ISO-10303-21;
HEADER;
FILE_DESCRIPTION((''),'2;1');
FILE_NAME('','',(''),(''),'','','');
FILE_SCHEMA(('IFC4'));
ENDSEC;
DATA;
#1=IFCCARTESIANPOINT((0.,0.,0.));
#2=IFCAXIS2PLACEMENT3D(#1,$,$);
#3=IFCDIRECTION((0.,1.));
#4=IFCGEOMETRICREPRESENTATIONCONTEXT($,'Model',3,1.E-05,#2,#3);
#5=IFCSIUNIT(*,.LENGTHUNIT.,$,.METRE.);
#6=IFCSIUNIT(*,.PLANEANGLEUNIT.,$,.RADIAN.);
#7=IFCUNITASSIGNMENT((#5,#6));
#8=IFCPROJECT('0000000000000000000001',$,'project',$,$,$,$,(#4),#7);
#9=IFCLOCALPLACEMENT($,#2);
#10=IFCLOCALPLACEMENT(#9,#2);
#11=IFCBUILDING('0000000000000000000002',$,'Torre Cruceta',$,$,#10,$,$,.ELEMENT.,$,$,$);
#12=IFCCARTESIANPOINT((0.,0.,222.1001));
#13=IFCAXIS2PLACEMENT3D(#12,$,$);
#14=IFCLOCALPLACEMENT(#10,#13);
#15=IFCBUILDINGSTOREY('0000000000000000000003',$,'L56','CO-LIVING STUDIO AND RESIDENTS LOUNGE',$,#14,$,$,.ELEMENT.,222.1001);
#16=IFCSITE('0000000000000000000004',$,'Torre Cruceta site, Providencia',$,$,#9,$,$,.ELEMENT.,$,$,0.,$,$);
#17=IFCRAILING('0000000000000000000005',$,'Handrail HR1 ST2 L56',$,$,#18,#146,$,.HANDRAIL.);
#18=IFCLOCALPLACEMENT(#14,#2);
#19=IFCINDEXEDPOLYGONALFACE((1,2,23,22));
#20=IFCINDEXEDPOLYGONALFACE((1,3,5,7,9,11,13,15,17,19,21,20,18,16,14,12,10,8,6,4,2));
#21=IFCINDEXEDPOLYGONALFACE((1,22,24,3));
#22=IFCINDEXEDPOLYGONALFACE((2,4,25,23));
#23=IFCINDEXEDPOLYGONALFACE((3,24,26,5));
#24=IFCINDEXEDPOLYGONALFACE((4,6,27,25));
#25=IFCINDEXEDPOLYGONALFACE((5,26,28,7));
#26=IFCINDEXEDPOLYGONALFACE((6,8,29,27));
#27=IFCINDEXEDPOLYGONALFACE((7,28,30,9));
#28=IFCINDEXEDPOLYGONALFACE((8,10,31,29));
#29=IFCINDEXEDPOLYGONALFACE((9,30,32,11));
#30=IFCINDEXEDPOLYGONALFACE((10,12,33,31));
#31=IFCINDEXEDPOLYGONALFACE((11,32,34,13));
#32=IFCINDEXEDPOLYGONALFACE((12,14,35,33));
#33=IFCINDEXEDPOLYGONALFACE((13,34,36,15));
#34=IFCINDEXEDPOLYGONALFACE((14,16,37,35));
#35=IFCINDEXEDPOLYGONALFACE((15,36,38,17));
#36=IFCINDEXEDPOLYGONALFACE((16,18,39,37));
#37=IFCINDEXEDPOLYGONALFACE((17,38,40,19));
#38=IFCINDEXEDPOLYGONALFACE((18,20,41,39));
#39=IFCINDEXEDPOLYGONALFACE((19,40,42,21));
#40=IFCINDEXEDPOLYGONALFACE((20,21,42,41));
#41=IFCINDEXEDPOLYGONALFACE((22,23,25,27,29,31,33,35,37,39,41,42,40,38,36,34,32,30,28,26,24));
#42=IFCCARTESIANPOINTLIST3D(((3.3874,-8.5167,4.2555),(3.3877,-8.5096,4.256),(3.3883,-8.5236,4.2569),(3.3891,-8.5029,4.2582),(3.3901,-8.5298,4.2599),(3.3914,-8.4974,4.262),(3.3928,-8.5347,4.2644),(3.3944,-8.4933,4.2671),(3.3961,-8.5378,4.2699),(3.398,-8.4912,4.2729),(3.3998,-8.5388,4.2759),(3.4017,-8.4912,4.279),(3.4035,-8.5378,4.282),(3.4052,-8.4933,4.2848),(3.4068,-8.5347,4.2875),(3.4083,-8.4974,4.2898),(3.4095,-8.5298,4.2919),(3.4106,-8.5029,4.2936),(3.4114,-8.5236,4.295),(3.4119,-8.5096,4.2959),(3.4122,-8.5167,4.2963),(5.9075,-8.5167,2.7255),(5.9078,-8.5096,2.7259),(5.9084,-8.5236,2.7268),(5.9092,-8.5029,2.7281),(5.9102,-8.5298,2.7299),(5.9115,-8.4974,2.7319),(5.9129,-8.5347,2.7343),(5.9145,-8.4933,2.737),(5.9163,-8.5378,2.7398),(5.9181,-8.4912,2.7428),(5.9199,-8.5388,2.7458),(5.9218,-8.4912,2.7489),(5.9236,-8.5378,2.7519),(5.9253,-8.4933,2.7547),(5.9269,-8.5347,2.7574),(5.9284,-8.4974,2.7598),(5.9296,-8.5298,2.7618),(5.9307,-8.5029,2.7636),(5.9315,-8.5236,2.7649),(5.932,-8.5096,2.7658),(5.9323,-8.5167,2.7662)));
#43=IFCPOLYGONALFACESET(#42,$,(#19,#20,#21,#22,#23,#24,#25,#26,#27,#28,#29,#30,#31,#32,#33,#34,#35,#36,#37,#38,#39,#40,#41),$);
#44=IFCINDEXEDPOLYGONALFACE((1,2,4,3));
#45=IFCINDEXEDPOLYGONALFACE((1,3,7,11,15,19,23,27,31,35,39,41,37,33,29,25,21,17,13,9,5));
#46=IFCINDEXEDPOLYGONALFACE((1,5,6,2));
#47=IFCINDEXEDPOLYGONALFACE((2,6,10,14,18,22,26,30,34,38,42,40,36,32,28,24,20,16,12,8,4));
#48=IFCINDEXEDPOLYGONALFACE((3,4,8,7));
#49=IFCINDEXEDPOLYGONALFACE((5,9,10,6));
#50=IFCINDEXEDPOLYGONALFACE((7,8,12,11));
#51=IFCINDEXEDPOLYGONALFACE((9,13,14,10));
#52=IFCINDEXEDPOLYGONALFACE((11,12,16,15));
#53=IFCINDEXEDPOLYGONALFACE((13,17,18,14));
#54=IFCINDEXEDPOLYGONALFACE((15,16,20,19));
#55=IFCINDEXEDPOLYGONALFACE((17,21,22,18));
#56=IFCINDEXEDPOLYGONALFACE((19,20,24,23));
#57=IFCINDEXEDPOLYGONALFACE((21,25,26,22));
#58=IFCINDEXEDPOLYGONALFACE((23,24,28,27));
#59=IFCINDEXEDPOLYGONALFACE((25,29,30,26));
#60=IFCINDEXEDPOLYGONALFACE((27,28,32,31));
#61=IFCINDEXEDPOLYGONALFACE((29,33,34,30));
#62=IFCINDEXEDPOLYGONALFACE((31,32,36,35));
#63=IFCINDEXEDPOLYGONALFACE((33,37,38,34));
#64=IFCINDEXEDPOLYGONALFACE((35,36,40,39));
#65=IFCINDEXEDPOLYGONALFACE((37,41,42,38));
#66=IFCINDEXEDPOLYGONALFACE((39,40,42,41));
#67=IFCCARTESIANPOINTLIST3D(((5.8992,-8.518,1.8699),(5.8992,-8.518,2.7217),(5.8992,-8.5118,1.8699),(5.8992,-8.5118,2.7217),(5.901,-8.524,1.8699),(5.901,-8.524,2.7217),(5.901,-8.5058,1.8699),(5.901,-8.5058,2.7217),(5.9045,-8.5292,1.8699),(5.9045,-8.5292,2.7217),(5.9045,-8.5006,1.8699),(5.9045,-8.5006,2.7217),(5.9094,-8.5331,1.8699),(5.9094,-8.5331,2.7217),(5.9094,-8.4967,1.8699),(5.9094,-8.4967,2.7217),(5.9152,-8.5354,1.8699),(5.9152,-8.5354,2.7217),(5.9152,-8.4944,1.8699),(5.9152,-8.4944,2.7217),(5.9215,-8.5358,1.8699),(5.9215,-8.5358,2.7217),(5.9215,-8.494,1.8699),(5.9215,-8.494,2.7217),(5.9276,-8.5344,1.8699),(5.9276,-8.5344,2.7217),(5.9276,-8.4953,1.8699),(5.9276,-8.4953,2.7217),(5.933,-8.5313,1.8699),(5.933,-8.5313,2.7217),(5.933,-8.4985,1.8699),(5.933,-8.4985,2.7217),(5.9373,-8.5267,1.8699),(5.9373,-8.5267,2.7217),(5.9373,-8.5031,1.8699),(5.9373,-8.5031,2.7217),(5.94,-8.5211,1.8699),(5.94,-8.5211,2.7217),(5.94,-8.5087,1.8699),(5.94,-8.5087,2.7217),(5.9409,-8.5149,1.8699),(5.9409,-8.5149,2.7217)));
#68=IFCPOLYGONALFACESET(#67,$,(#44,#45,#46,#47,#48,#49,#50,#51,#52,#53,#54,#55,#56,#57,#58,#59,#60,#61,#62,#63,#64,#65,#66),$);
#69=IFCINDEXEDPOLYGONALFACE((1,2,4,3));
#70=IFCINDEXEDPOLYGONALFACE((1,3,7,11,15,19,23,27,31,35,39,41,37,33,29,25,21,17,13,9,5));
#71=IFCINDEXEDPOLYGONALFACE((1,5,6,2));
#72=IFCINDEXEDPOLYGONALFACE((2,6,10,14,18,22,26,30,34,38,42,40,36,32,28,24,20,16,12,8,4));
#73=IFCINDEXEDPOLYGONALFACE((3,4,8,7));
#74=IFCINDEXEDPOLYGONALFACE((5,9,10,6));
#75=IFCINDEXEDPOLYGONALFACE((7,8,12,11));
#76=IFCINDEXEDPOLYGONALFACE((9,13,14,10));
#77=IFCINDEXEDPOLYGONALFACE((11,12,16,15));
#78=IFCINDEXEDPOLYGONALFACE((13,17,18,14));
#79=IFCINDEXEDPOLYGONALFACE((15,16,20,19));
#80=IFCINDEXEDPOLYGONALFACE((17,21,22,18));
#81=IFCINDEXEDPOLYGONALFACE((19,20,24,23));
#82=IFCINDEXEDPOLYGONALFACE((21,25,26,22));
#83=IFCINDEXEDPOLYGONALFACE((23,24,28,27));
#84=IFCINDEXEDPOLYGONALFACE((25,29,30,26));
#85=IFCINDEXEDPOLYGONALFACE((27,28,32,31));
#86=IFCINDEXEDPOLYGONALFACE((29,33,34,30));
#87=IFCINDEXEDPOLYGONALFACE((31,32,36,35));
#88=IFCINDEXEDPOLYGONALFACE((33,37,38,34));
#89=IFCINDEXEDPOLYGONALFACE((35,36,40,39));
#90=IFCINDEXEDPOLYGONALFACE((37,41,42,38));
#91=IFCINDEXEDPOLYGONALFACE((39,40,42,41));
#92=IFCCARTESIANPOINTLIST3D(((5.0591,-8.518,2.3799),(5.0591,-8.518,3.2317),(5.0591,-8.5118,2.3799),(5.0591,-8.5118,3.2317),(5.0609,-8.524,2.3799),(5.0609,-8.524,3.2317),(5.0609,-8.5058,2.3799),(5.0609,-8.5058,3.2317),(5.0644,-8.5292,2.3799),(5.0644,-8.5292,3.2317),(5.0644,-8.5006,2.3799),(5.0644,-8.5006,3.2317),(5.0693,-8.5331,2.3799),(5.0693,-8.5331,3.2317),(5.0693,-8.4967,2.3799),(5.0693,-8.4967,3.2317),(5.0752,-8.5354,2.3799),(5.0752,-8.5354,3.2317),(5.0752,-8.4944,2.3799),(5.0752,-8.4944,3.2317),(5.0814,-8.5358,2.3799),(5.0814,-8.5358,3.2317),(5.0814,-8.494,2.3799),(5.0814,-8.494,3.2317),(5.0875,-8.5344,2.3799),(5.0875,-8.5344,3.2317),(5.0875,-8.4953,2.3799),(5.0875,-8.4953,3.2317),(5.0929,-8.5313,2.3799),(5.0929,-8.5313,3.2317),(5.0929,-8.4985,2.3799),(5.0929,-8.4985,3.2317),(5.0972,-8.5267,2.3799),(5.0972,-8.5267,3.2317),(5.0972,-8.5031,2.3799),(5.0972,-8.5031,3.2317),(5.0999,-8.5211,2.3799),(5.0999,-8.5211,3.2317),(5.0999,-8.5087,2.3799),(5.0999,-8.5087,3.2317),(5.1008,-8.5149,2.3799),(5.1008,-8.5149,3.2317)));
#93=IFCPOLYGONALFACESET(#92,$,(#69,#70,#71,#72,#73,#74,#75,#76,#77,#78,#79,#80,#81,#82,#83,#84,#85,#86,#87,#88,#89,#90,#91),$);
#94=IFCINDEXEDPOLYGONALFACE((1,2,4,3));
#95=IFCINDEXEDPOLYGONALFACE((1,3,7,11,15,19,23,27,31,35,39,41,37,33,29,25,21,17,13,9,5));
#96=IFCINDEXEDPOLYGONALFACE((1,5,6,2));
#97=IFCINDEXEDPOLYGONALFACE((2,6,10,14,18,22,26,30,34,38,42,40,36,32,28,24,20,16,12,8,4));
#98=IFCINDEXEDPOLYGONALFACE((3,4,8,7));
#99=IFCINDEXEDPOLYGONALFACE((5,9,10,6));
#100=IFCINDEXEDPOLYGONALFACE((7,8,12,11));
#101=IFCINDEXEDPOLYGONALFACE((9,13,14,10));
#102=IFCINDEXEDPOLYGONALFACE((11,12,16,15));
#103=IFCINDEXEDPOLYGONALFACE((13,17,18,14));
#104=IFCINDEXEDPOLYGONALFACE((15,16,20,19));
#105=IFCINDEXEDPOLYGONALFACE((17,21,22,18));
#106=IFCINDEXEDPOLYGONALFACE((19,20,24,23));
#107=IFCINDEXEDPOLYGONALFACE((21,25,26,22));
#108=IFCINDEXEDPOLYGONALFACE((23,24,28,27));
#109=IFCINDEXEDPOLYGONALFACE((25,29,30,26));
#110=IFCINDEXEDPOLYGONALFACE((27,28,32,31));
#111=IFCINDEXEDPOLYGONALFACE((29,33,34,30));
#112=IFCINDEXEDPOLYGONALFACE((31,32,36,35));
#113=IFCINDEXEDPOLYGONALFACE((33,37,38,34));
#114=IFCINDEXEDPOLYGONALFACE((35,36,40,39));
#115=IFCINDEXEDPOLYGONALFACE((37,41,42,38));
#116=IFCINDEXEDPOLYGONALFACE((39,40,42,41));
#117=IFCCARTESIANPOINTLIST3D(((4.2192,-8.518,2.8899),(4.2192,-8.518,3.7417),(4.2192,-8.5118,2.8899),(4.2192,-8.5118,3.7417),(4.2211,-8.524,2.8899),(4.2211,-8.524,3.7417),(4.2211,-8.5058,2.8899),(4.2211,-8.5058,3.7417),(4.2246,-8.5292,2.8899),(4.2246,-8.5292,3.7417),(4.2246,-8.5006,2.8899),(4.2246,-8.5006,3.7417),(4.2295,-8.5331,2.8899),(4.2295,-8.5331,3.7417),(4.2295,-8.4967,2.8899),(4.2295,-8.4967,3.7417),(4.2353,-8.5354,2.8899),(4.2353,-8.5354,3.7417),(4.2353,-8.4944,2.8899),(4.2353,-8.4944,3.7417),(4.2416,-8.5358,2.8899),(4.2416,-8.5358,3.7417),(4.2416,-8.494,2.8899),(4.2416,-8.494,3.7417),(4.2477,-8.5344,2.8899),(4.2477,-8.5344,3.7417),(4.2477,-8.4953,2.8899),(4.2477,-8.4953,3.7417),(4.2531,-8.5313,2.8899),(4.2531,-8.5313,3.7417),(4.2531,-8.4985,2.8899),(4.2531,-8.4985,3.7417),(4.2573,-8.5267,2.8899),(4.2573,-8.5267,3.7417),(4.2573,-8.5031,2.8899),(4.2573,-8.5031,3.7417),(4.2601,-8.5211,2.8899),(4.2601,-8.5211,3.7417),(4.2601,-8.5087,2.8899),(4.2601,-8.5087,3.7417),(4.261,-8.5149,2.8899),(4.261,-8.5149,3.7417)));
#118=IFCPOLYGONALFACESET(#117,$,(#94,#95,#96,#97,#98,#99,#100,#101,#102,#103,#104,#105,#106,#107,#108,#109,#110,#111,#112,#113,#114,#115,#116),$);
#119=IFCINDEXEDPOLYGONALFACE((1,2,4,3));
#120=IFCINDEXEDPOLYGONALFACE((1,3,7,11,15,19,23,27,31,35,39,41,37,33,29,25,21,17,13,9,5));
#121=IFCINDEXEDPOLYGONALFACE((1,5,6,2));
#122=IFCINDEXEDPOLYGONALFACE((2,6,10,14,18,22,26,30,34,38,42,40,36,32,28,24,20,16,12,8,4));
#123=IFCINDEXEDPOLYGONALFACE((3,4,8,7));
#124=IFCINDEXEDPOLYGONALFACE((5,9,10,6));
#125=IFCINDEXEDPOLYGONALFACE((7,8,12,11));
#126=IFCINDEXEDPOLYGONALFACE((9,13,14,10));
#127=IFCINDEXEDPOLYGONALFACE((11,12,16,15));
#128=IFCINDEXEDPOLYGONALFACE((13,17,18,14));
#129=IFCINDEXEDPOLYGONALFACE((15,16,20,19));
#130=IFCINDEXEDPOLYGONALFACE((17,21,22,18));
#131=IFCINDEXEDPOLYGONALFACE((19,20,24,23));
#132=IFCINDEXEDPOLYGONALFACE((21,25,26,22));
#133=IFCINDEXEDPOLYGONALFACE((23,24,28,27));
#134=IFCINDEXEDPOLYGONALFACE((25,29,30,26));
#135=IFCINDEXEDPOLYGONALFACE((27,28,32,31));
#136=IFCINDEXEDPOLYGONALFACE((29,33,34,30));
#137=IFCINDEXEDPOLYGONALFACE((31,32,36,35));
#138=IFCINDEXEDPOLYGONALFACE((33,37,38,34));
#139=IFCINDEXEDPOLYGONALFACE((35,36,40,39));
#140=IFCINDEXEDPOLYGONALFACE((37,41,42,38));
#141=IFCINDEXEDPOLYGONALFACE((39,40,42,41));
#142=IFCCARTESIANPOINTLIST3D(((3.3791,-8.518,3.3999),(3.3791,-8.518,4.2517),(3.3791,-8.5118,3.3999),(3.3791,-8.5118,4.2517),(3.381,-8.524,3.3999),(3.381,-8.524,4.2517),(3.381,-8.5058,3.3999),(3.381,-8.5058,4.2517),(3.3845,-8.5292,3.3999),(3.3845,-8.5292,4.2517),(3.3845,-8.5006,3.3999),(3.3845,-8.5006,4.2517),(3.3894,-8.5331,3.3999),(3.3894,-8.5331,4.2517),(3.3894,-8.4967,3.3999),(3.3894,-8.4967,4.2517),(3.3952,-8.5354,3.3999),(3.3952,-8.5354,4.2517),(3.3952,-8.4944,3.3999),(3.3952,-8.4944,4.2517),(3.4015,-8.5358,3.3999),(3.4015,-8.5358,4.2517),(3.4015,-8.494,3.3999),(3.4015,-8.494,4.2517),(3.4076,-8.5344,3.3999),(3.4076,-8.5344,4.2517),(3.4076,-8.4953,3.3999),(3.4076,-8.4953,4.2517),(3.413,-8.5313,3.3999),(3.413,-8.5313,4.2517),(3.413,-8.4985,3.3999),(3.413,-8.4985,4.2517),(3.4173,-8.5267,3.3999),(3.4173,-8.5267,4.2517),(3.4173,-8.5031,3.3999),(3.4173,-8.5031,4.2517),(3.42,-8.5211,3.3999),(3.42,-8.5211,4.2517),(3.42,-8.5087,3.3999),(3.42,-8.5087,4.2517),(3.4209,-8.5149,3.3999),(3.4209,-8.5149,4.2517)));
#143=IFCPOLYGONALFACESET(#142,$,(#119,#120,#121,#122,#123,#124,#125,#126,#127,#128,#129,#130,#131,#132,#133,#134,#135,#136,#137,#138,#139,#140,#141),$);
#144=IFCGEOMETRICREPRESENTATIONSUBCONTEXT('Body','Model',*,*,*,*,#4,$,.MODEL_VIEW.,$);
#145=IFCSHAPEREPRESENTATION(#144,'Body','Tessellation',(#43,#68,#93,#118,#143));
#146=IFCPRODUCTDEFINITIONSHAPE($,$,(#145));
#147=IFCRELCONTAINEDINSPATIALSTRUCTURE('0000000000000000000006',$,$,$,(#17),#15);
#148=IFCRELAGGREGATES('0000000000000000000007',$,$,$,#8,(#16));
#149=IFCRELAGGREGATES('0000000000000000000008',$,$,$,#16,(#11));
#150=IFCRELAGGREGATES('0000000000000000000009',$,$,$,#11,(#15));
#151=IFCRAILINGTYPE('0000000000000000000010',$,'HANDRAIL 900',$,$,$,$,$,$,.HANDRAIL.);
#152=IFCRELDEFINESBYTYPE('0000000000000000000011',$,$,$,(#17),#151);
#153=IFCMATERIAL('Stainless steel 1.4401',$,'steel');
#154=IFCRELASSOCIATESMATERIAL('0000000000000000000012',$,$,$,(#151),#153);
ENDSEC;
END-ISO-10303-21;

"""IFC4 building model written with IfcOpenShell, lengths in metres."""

from ifc_helpers import new_model, si_unit, direction, frame, origin, origin_2d, place, context, subcontext, project, spatial, circle, extrude, material, type_object, element, save


model = new_model("IFC4")

# Units and contexts
model_context = context("Model", 3, precision=1e-05, world=origin(), true_north=direction((0.0, 1.0)))
body_context = subcontext(model_context, "Body", "Model", "MODEL_VIEW")
ifc_project = project(units=[si_unit("LENGTHUNIT", "METRE"), si_unit("PLANEANGLEUNIT", "RADIAN")], contexts=[model_context])

# Site, building, storey
site_placement = place(None, origin())
site = spatial("IfcSite", under=ifc_project, at=site_placement, Name="Torre Cruceta site, Providencia", CompositionType="ELEMENT", RefElevation=0.0)
building_placement = place(site_placement, origin())
building = spatial("IfcBuilding", under=site, at=building_placement, Name="Torre Cruceta", CompositionType="ELEMENT")
storey_placement = place(building_placement, frame((0.0, 0.0, 222.1001)))
storey = spatial("IfcBuildingStorey", under=building, at=storey_placement, Name="L56", Description="CO-LIVING STUDIO AND RESIDENTS LOUNGE", CompositionType="ELEMENT", Elevation=222.1001)

# Railing
ifc_material_1 = material(Name="Stainless steel 1.4401", Category="steel")
railing_type = type_object("IfcRailingType", Name="HANDRAIL 900", PredefinedType="HANDRAIL", material=ifc_material_1)
railing_1_placement = place(storey_placement, frame((5.9199, -8.5149, 1.8699)))
element("IfcRailing", 1, at=railing_1_placement, inside=storey, type_object=railing_type, Name="Handrail HR1 ST2 L56", PredefinedType="HANDRAIL", context=body_context, shape_type="SweptSolid", body=[
    extrude(circle(Radius=0.0239, at=origin_2d()), frame((0.0, 0.0, 0.876), z_axis=(-0.854785, 0.0, 0.518982), x_axis=(0.0, -1.0, 0.0)), (0.0, 0.0, 1.0), 2.9482),
    extrude(circle(Radius=0.021, at=origin_2d()), origin(), (0.0, 0.0, 1.0), 0.8518),
    extrude(circle(Radius=0.021, at=origin_2d()), frame((-0.8401, 0.0, 0.51)), (0.0, 0.0, 1.0), 0.8518),
    extrude(circle(Radius=0.021, at=origin_2d()), frame((-1.6799, 0.0, 1.02)), (0.0, 0.0, 1.0), 0.8518),
    extrude(circle(Radius=0.021, at=origin_2d()), frame((-2.52, 0.0, 1.53)), (0.0, 0.0, 1.0), 0.8518),
])

save(model, "model.ifc")
